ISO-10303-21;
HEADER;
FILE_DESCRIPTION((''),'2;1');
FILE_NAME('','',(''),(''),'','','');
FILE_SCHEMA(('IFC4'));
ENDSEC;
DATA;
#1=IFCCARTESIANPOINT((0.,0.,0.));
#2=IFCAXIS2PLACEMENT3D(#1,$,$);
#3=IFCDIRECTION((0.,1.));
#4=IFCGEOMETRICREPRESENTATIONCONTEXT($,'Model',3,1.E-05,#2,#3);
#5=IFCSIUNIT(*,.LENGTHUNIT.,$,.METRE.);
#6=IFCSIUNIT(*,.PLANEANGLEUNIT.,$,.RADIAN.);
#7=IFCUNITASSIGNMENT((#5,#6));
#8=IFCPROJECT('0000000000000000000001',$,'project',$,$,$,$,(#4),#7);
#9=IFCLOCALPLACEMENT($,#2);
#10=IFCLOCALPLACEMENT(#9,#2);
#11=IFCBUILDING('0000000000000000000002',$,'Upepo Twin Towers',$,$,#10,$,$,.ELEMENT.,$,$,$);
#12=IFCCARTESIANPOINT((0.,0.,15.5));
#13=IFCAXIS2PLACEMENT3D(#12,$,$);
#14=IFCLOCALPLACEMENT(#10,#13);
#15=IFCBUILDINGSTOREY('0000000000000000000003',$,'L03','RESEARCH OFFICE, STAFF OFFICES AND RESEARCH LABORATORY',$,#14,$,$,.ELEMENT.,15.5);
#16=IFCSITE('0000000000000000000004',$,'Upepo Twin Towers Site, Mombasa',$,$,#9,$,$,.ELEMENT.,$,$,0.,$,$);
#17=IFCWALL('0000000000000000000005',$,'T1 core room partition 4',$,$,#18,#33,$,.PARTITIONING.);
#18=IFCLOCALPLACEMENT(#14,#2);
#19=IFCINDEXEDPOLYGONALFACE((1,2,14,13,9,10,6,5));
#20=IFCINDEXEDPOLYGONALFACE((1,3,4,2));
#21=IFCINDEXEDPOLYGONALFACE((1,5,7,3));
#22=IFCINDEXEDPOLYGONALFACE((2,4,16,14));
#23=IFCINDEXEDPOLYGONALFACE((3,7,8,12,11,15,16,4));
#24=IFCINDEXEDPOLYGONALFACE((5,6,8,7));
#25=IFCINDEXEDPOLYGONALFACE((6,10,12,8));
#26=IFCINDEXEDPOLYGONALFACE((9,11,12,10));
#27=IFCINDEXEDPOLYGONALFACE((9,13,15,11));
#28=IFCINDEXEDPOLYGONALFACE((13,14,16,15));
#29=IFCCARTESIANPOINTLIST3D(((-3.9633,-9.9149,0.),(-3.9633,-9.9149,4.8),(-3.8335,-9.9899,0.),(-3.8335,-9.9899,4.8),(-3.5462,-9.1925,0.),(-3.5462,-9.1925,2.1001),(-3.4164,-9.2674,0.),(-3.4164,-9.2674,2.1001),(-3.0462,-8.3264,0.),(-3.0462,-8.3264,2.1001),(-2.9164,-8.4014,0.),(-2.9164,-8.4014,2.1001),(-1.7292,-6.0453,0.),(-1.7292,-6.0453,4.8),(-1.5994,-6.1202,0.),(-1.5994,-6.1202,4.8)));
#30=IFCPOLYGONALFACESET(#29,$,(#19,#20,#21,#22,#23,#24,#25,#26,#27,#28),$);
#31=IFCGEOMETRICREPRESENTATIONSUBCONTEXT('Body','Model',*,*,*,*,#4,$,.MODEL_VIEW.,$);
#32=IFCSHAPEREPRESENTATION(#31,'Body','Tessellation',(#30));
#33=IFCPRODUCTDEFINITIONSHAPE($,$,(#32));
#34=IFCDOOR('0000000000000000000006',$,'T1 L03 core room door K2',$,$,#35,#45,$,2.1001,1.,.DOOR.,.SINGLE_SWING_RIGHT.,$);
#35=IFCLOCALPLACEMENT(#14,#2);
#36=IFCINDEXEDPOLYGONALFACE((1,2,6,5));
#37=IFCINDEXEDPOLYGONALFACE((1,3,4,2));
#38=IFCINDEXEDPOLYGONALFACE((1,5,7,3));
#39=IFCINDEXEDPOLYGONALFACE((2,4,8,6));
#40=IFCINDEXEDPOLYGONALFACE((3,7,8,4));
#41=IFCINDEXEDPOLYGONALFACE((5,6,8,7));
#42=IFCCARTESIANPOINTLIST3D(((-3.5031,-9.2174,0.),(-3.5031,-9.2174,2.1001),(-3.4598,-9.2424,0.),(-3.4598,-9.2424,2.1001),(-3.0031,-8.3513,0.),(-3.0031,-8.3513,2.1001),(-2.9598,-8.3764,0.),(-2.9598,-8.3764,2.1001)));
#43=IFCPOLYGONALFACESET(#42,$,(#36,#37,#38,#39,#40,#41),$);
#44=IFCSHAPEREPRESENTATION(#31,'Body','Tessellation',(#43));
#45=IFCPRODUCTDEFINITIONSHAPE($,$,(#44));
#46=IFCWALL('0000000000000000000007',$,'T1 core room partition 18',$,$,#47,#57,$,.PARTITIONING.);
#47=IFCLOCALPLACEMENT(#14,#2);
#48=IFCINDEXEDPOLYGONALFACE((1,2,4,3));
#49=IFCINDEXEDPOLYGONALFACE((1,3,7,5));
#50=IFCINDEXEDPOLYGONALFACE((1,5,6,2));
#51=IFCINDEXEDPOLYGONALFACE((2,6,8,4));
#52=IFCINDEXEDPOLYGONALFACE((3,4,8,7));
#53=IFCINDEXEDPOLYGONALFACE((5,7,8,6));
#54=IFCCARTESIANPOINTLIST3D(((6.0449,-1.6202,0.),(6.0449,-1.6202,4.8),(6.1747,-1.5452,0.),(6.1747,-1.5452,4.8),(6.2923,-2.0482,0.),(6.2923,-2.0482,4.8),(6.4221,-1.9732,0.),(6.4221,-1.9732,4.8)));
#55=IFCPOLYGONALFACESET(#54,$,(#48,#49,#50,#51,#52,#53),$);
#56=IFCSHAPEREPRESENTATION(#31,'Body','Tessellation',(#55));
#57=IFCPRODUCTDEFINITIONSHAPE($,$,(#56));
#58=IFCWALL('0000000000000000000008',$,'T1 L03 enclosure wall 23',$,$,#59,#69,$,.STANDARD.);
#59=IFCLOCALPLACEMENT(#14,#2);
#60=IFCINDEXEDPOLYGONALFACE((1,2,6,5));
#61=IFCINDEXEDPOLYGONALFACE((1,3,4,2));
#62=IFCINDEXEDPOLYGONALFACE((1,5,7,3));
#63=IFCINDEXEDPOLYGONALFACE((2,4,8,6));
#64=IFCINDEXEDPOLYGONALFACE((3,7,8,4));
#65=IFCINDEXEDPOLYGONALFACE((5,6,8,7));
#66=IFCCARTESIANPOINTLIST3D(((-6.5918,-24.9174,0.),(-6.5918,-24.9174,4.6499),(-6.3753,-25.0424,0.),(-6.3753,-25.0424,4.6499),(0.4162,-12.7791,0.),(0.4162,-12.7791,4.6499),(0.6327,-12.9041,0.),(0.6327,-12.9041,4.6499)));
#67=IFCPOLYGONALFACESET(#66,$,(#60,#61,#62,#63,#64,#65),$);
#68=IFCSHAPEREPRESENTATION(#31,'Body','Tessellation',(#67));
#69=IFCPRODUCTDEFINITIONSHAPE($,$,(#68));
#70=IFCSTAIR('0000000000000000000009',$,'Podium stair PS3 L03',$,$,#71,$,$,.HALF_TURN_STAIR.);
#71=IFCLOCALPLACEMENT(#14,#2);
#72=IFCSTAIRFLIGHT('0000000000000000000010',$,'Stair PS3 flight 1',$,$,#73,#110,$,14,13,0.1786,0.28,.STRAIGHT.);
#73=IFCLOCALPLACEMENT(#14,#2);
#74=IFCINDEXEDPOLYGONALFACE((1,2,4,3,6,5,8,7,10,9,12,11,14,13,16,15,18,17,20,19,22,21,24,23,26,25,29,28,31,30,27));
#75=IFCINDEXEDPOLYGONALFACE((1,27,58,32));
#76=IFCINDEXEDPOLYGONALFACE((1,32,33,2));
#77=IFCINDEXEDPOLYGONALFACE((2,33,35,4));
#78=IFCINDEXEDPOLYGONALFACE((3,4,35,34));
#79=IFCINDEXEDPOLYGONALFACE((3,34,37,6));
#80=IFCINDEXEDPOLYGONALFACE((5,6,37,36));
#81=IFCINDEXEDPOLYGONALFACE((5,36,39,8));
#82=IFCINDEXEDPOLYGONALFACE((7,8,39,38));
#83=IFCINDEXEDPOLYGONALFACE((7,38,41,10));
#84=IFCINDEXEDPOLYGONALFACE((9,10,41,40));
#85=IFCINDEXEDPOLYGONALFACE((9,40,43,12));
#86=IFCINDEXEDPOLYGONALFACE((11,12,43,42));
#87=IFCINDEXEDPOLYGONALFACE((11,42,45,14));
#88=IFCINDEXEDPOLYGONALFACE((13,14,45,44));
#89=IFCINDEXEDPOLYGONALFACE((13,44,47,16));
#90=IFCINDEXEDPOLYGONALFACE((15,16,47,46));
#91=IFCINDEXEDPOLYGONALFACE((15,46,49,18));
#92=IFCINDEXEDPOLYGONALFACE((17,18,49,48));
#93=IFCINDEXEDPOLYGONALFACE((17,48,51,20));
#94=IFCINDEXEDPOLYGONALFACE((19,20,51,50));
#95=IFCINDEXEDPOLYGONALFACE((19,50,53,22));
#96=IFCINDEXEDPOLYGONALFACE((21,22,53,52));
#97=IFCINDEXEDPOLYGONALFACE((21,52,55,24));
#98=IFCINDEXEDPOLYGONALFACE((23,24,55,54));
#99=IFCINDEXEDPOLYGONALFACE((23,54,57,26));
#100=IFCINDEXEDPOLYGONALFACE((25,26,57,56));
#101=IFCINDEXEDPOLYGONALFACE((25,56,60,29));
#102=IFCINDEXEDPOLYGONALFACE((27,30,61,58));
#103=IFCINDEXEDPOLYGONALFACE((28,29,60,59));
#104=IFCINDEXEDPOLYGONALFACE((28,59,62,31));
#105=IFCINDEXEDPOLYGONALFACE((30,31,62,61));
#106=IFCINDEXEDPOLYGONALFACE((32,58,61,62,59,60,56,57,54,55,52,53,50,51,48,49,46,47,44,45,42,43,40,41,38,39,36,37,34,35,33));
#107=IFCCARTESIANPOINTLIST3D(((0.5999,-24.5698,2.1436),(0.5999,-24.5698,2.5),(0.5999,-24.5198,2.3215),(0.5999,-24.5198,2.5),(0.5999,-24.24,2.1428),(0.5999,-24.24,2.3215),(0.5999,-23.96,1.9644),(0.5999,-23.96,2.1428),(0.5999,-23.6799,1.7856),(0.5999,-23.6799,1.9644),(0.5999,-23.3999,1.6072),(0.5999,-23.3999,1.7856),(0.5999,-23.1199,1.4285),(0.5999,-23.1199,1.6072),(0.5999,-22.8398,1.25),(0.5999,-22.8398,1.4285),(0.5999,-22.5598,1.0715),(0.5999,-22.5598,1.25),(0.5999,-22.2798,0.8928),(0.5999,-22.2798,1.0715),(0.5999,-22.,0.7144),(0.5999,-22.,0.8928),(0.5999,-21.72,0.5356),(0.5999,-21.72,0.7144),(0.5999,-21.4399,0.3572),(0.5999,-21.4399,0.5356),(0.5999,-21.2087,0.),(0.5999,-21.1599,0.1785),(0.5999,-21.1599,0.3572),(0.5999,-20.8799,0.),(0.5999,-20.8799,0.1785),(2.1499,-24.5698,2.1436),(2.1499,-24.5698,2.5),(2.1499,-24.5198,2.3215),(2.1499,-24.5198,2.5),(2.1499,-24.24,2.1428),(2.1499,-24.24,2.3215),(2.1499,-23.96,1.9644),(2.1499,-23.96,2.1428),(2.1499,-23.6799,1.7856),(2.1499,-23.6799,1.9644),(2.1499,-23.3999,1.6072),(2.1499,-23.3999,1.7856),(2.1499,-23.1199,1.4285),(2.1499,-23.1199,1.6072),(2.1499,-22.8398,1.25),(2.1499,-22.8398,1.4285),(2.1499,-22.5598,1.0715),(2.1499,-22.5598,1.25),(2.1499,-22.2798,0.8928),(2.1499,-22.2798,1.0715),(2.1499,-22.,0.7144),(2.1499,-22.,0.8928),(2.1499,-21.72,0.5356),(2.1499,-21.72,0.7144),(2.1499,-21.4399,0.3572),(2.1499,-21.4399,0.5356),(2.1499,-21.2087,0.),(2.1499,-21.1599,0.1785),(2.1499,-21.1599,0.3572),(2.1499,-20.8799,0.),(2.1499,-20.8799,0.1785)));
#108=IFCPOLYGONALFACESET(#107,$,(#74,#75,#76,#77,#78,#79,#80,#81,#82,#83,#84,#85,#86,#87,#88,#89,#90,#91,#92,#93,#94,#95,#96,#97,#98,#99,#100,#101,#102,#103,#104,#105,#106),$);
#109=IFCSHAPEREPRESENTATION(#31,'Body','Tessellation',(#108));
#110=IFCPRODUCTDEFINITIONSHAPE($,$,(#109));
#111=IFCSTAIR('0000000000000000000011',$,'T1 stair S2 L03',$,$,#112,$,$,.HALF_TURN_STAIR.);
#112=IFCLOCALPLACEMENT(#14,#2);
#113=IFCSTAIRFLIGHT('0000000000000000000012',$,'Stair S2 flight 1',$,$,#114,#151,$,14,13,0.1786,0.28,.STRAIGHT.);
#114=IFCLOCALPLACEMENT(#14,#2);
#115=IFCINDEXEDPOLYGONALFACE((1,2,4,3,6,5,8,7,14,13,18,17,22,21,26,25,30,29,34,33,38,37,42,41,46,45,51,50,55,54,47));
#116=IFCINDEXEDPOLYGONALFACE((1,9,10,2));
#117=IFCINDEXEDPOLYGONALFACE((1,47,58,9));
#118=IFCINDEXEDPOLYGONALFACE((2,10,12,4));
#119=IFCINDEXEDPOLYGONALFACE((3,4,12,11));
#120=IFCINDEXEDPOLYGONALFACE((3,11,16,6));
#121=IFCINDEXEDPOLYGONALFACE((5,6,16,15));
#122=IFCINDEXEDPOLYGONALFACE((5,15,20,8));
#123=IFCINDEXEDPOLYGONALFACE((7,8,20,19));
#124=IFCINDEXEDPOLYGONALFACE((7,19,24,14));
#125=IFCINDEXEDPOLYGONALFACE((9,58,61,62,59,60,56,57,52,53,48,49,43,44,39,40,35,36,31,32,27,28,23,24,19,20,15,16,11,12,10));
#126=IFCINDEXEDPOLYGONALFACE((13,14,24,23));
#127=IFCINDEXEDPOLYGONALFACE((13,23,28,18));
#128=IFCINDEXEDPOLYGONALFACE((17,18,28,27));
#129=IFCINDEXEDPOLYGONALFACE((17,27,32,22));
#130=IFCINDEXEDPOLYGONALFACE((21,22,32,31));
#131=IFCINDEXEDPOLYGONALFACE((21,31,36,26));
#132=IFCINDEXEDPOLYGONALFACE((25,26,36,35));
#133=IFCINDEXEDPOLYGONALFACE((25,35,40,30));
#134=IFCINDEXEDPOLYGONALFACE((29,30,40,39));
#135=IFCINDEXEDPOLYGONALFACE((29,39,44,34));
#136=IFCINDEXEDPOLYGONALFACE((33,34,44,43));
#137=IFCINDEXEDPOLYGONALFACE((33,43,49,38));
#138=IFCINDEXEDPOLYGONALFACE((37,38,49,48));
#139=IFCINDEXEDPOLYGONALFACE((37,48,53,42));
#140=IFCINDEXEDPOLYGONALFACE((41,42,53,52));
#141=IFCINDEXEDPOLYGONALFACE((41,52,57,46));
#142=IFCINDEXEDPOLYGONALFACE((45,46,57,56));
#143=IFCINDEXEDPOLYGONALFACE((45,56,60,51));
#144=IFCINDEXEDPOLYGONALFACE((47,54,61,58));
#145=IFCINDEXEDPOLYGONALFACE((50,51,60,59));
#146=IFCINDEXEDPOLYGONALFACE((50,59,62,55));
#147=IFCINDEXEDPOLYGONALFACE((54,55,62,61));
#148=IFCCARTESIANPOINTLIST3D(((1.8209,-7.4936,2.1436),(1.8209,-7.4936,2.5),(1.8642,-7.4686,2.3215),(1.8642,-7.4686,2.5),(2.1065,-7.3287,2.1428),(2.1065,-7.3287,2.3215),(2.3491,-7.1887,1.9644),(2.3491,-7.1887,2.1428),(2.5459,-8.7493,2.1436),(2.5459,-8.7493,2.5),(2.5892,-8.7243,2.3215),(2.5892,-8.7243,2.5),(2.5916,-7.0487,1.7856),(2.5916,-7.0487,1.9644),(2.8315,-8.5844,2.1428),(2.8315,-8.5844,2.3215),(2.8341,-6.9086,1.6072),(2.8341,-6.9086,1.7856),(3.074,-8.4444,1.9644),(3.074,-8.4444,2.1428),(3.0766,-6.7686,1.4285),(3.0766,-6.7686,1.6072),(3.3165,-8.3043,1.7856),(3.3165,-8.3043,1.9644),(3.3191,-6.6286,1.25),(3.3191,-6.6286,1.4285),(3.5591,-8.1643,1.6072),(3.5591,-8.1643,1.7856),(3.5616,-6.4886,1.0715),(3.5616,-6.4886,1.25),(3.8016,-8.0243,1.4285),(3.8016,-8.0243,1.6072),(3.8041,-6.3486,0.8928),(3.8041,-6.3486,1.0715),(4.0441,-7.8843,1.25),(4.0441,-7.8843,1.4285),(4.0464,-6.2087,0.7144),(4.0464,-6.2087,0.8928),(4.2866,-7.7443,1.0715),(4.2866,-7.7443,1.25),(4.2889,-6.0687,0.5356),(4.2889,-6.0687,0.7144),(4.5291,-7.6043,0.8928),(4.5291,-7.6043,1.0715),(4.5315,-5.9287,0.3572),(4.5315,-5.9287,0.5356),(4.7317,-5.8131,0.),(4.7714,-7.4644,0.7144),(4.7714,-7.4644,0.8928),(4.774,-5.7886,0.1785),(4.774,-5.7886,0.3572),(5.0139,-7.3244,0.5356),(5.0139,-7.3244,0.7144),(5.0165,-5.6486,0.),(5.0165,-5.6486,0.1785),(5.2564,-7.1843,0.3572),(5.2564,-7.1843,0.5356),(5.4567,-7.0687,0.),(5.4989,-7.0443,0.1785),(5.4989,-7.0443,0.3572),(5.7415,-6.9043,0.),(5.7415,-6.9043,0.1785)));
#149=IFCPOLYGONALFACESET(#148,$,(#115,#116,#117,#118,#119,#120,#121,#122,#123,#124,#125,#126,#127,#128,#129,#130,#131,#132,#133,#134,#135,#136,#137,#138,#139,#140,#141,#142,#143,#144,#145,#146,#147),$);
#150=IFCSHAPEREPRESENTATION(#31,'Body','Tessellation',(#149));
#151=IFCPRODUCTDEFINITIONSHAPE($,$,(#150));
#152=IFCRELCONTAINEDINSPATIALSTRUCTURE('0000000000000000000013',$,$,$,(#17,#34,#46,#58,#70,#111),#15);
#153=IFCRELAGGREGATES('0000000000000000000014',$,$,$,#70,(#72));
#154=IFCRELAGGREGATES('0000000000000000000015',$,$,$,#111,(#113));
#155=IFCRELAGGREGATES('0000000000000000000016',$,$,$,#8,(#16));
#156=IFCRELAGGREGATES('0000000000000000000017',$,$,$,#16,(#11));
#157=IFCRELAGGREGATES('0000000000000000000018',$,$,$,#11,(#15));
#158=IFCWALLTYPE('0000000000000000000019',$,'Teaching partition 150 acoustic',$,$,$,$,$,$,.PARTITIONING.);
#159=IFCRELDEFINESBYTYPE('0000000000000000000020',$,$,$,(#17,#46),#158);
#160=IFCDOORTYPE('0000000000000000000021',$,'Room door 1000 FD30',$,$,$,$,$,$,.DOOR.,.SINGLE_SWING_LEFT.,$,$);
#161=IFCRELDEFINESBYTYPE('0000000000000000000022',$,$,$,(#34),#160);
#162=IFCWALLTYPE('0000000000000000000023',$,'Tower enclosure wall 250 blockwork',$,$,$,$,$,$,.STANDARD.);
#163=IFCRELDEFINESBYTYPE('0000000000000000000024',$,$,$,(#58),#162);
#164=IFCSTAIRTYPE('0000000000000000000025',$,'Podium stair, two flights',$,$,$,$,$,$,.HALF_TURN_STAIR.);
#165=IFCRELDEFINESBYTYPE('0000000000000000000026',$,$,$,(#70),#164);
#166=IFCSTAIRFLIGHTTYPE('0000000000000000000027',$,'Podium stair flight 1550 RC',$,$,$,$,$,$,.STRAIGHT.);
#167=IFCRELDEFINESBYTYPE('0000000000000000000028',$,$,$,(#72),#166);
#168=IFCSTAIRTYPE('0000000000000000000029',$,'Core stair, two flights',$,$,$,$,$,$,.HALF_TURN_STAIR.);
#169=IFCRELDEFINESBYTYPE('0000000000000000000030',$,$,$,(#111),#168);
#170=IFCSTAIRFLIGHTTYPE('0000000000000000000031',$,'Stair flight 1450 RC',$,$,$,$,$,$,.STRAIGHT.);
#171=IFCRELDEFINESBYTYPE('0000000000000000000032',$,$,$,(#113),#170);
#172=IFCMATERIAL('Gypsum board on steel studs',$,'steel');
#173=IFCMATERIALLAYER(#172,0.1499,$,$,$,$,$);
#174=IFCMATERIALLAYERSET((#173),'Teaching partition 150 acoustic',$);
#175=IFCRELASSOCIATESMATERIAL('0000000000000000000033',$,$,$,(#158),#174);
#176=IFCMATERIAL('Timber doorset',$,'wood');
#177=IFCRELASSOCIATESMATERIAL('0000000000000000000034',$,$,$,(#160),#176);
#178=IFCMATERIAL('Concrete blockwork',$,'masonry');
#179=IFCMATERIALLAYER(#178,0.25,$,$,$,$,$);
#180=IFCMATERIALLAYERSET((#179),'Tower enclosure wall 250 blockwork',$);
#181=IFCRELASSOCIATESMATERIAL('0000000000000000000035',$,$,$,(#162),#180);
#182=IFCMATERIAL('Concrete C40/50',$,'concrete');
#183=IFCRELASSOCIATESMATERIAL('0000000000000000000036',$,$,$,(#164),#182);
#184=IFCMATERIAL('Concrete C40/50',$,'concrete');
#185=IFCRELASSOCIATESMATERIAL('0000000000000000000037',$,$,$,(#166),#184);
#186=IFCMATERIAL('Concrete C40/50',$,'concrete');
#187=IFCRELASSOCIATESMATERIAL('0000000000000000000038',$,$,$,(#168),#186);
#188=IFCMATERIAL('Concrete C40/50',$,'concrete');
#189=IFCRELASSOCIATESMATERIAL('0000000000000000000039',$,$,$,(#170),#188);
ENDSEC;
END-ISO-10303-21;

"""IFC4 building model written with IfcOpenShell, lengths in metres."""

from ifc_helpers import new_model, si_unit, direction, frame, frame_2d, origin, place, context, subcontext, project, spatial, polyline, rectangle, outline, extrude, material, layer, layer_set, type_object, element, fill, aggregate, save


model = new_model("IFC4")

# Units and contexts
model_context = context("Model", 3, precision=1e-05, world=origin(), true_north=direction((0.0, 1.0)))
body_context = subcontext(model_context, "Body", "Model", "MODEL_VIEW")
ifc_project = project(units=[si_unit("LENGTHUNIT", "METRE"), si_unit("PLANEANGLEUNIT", "RADIAN")], contexts=[model_context])

# Site, building, storey
site_placement = place(None, origin())
site = spatial("IfcSite", under=ifc_project, at=site_placement, Name="Upepo Twin Towers Site, Mombasa", CompositionType="ELEMENT", RefElevation=0.0)
building_placement = place(site_placement, origin())
building = spatial("IfcBuilding", under=site, at=building_placement, Name="Upepo Twin Towers", CompositionType="ELEMENT")
storey_placement = place(building_placement, frame((0.0, 0.0, 15.5)))
storey = spatial("IfcBuildingStorey", under=building, at=storey_placement, Name="L03", Description="RESEARCH OFFICE, STAFF OFFICES AND RESEARCH LABORATORY", CompositionType="ELEMENT", Elevation=15.5)

# Shared definitions
ifc_material_1 = material(Name="Gypsum board on steel studs", Category="steel")
ifc_layer_1 = layer(ifc_material_1, 0.1499)
ifc_layer_set_1 = layer_set([ifc_layer_1], Name="Teaching partition 150 acoustic")
wall_type_1 = type_object("IfcWallType", Name="Teaching partition 150 acoustic", PredefinedType="PARTITIONING", material=ifc_layer_set_1)

# Wall, opening, door
wall_1_placement = place(storey_placement, frame((-1.6643, -6.0828, 0.0), z_axis=(0.0, 0.0, 1.0), x_axis=(-0.5, -0.866025, 0.0)))
wall_1 = element("IfcWall", 1, at=wall_1_placement, inside=storey, type_object=wall_type_1, Name="T1 core room partition 4", PredefinedType="PARTITIONING", context=body_context, shape_type="SweptSolid", body=[
    extrude(rectangle(XDim=4.4683, YDim=0.1499, at=frame_2d((2.2341, 0.0))), origin(), (0.0, 0.0, 1.0), 4.8),
])
opening_1_placement = place(wall_1_placement, frame((2.634, 0.0, 0.0)))
opening_1 = element("IfcOpeningElement", 2, at=opening_1_placement, cuts=wall_1, PredefinedType="OPENING", context=body_context, shape_type="SweptSolid", body=[
    extrude(rectangle(XDim=1.0, YDim=2.1001, at=frame_2d((0.5, 1.05))), frame((0.0, 0.085, 0.0), z_axis=(0.0, -1.0, 0.0), x_axis=(1.0, 0.0, 0.0)), (0.0, 0.0, 1.0), 0.1699),
])
ifc_material_2 = material(Name="Timber doorset", Category="wood")
door_type_1 = type_object("IfcDoorType", Name="Room door 1000 FD30", OperationType="SINGLE_SWING_LEFT", PredefinedType="DOOR", material=ifc_material_2)
door_1_placement = place(opening_1_placement, origin())
door_1 = element("IfcDoor", 3, at=door_1_placement, inside=storey, type_object=door_type_1, Name="T1 L03 core room door K2", OperationType="SINGLE_SWING_RIGHT", OverallHeight=2.1001, OverallWidth=1.0, PredefinedType="DOOR", context=body_context, shape_type="SweptSolid", body=[
    extrude(rectangle(XDim=1.0, YDim=2.1001, at=frame_2d((0.5, 1.05))), frame((0.0, 0.0249, 0.0), z_axis=(0.0, -1.0, 0.0), x_axis=(1.0, 0.0, 0.0)), (0.0, 0.0, 1.0), 0.05),
])
fill(opening_1, door_1)

# Walls
wall_2_placement = place(storey_placement, frame((6.1099, -1.5828, 0.0), z_axis=(0.0, 0.0, 1.0), x_axis=(0.500335, -0.865832, 0.0)))
element("IfcWall", 4, at=wall_2_placement, inside=storey, type_object=wall_type_1, Name="T1 core room partition 18", PredefinedType="PARTITIONING", context=body_context, shape_type="SweptSolid", body=[
    extrude(rectangle(XDim=0.4944, YDim=0.1499, at=frame_2d((0.2471, 0.0))), origin(), (0.0, 0.0, 1.0), 4.8),
])
ifc_material_3 = material(Name="Concrete blockwork", Category="masonry")
ifc_layer_2 = layer(ifc_material_3, 0.25)
ifc_layer_set_2 = layer_set([ifc_layer_2], Name="Tower enclosure wall 250 blockwork")
wall_type_2 = type_object("IfcWallType", Name="Tower enclosure wall 250 blockwork", PredefinedType="STANDARD", material=ifc_layer_set_2)
wall_3_placement = place(storey_placement, frame((0.5244, -12.8416, 0.0), z_axis=(0.0, 0.0, 1.0), x_axis=(-0.499996, -0.866028, 0.0)))
element("IfcWall", 5, at=wall_3_placement, inside=storey, type_object=wall_type_2, Name="T1 L03 enclosure wall 23", PredefinedType="STANDARD", context=body_context, shape_type="SweptSolid", body=[
    extrude(rectangle(XDim=14.0161, YDim=0.25, at=frame_2d((7.0081, 0.0))), origin(), (0.0, 0.0, 1.0), 4.6499),
])

# Stair, stair flight
ifc_material_4 = material(Name="Concrete C40/50", Category="concrete")
stair_type_1 = type_object("IfcStairType", Name="Podium stair, two flights", PredefinedType="HALF_TURN_STAIR", material=ifc_material_4)
stair_1_placement = place(storey_placement, origin())
stair_1 = element("IfcStair", 6, at=stair_1_placement, inside=storey, type_object=stair_type_1, Name="Podium stair PS3 L03", PredefinedType="HALF_TURN_STAIR")
ifc_material_5 = material(Name="Concrete C40/50", Category="concrete")
stair_flight_type_1 = type_object("IfcStairFlightType", Name="Podium stair flight 1550 RC", PredefinedType="STRAIGHT", material=ifc_material_5)
stair_flight_1_placement = place(storey_placement, frame((1.375, -20.8799, 0.0), z_axis=(0.0, 0.0, 1.0), x_axis=(0.0, -1.0, 0.0)))
stair_flight_1 = element("IfcStairFlight", 7, at=stair_flight_1_placement, type_object=stair_flight_type_1, Name="Stair PS3 flight 1", NumberOfRisers=14, NumberOfTreads=13, PredefinedType="STRAIGHT", RiserHeight=0.1786, TreadLength=0.28, context=body_context, shape_type="SweptSolid", body=[
    extrude(outline(polyline([(0.0, 0.0), (0.0, 0.1785), (0.28, 0.1785), (0.28, 0.3572), (0.5601, 0.3572), (0.5601, 0.5356), (0.8401, 0.5356), (0.8401, 0.7144), (1.1201, 0.7144), (1.1201, 0.8928), (1.3999, 0.8928), (1.3999, 1.0715), (1.6799, 1.0715), (1.6799, 1.25), (1.96, 1.25), (1.96, 1.4285), (2.24, 1.4285), (2.24, 1.6072), (2.52, 1.6072), (2.52, 1.7856), (2.8, 1.7856), (2.8, 1.9644), (3.0801, 1.9644), (3.0801, 2.1428), (3.3601, 2.1428), (3.3601, 2.3215), (3.6399, 2.3215), (3.6399, 2.5), (3.6899, 2.5), (3.6899, 2.1436), (0.3289, 0.0), (0.0, 0.0)])), frame((0.0, 0.7749, 0.0), z_axis=(0.0, -1.0, 0.0), x_axis=(1.0, 0.0, 0.0)), (0.0, 0.0, 1.0), 1.55),
])
aggregate(stair_1, [stair_flight_1])

# Stair, stair flight
ifc_material_6 = material(Name="Concrete C40/50", Category="concrete")
stair_type_2 = type_object("IfcStairType", Name="Core stair, two flights", PredefinedType="HALF_TURN_STAIR", material=ifc_material_6)
stair_2_placement = place(storey_placement, origin())
stair_2 = element("IfcStair", 8, at=stair_2_placement, inside=storey, type_object=stair_type_2, Name="T1 stair S2 L03", PredefinedType="HALF_TURN_STAIR")
ifc_material_7 = material(Name="Concrete C40/50", Category="concrete")
stair_flight_type_2 = type_object("IfcStairFlightType", Name="Stair flight 1450 RC", PredefinedType="STRAIGHT", material=ifc_material_7)
stair_flight_2_placement = place(storey_placement, frame((5.3789, -6.2764, 0.0), z_axis=(0.0, 0.0, 1.0), x_axis=(-0.866025, -0.5, 0.0)))
stair_flight_2 = element("IfcStairFlight", 9, at=stair_flight_2_placement, type_object=stair_flight_type_2, Name="Stair S2 flight 1", NumberOfRisers=14, NumberOfTreads=13, PredefinedType="STRAIGHT", RiserHeight=0.1786, TreadLength=0.28, context=body_context, shape_type="SweptSolid", body=[
    extrude(outline(polyline([(0.0, 0.0), (0.0, 0.1785), (0.28, 0.1785), (0.28, 0.3572), (0.5601, 0.3572), (0.5601, 0.5356), (0.8401, 0.5356), (0.8401, 0.7144), (1.1201, 0.7144), (1.1201, 0.8928), (1.3999, 0.8928), (1.3999, 1.0715), (1.6799, 1.0715), (1.6799, 1.25), (1.96, 1.25), (1.96, 1.4285), (2.24, 1.4285), (2.24, 1.6072), (2.52, 1.6072), (2.52, 1.7856), (2.8, 1.7856), (2.8, 1.9644), (3.0801, 1.9644), (3.0801, 2.1428), (3.3601, 2.1428), (3.3601, 2.3215), (3.6399, 2.3215), (3.6399, 2.5), (3.6899, 2.5), (3.6899, 2.1436), (0.3289, 0.0), (0.0, 0.0)])), frame((0.0, 0.7251, 0.0), z_axis=(0.0, -1.0, 0.0), x_axis=(1.0, 0.0, 0.0)), (0.0, 0.0, 1.0), 1.45),
])
aggregate(stair_2, [stair_flight_2])

save(model, "model.ifc")
